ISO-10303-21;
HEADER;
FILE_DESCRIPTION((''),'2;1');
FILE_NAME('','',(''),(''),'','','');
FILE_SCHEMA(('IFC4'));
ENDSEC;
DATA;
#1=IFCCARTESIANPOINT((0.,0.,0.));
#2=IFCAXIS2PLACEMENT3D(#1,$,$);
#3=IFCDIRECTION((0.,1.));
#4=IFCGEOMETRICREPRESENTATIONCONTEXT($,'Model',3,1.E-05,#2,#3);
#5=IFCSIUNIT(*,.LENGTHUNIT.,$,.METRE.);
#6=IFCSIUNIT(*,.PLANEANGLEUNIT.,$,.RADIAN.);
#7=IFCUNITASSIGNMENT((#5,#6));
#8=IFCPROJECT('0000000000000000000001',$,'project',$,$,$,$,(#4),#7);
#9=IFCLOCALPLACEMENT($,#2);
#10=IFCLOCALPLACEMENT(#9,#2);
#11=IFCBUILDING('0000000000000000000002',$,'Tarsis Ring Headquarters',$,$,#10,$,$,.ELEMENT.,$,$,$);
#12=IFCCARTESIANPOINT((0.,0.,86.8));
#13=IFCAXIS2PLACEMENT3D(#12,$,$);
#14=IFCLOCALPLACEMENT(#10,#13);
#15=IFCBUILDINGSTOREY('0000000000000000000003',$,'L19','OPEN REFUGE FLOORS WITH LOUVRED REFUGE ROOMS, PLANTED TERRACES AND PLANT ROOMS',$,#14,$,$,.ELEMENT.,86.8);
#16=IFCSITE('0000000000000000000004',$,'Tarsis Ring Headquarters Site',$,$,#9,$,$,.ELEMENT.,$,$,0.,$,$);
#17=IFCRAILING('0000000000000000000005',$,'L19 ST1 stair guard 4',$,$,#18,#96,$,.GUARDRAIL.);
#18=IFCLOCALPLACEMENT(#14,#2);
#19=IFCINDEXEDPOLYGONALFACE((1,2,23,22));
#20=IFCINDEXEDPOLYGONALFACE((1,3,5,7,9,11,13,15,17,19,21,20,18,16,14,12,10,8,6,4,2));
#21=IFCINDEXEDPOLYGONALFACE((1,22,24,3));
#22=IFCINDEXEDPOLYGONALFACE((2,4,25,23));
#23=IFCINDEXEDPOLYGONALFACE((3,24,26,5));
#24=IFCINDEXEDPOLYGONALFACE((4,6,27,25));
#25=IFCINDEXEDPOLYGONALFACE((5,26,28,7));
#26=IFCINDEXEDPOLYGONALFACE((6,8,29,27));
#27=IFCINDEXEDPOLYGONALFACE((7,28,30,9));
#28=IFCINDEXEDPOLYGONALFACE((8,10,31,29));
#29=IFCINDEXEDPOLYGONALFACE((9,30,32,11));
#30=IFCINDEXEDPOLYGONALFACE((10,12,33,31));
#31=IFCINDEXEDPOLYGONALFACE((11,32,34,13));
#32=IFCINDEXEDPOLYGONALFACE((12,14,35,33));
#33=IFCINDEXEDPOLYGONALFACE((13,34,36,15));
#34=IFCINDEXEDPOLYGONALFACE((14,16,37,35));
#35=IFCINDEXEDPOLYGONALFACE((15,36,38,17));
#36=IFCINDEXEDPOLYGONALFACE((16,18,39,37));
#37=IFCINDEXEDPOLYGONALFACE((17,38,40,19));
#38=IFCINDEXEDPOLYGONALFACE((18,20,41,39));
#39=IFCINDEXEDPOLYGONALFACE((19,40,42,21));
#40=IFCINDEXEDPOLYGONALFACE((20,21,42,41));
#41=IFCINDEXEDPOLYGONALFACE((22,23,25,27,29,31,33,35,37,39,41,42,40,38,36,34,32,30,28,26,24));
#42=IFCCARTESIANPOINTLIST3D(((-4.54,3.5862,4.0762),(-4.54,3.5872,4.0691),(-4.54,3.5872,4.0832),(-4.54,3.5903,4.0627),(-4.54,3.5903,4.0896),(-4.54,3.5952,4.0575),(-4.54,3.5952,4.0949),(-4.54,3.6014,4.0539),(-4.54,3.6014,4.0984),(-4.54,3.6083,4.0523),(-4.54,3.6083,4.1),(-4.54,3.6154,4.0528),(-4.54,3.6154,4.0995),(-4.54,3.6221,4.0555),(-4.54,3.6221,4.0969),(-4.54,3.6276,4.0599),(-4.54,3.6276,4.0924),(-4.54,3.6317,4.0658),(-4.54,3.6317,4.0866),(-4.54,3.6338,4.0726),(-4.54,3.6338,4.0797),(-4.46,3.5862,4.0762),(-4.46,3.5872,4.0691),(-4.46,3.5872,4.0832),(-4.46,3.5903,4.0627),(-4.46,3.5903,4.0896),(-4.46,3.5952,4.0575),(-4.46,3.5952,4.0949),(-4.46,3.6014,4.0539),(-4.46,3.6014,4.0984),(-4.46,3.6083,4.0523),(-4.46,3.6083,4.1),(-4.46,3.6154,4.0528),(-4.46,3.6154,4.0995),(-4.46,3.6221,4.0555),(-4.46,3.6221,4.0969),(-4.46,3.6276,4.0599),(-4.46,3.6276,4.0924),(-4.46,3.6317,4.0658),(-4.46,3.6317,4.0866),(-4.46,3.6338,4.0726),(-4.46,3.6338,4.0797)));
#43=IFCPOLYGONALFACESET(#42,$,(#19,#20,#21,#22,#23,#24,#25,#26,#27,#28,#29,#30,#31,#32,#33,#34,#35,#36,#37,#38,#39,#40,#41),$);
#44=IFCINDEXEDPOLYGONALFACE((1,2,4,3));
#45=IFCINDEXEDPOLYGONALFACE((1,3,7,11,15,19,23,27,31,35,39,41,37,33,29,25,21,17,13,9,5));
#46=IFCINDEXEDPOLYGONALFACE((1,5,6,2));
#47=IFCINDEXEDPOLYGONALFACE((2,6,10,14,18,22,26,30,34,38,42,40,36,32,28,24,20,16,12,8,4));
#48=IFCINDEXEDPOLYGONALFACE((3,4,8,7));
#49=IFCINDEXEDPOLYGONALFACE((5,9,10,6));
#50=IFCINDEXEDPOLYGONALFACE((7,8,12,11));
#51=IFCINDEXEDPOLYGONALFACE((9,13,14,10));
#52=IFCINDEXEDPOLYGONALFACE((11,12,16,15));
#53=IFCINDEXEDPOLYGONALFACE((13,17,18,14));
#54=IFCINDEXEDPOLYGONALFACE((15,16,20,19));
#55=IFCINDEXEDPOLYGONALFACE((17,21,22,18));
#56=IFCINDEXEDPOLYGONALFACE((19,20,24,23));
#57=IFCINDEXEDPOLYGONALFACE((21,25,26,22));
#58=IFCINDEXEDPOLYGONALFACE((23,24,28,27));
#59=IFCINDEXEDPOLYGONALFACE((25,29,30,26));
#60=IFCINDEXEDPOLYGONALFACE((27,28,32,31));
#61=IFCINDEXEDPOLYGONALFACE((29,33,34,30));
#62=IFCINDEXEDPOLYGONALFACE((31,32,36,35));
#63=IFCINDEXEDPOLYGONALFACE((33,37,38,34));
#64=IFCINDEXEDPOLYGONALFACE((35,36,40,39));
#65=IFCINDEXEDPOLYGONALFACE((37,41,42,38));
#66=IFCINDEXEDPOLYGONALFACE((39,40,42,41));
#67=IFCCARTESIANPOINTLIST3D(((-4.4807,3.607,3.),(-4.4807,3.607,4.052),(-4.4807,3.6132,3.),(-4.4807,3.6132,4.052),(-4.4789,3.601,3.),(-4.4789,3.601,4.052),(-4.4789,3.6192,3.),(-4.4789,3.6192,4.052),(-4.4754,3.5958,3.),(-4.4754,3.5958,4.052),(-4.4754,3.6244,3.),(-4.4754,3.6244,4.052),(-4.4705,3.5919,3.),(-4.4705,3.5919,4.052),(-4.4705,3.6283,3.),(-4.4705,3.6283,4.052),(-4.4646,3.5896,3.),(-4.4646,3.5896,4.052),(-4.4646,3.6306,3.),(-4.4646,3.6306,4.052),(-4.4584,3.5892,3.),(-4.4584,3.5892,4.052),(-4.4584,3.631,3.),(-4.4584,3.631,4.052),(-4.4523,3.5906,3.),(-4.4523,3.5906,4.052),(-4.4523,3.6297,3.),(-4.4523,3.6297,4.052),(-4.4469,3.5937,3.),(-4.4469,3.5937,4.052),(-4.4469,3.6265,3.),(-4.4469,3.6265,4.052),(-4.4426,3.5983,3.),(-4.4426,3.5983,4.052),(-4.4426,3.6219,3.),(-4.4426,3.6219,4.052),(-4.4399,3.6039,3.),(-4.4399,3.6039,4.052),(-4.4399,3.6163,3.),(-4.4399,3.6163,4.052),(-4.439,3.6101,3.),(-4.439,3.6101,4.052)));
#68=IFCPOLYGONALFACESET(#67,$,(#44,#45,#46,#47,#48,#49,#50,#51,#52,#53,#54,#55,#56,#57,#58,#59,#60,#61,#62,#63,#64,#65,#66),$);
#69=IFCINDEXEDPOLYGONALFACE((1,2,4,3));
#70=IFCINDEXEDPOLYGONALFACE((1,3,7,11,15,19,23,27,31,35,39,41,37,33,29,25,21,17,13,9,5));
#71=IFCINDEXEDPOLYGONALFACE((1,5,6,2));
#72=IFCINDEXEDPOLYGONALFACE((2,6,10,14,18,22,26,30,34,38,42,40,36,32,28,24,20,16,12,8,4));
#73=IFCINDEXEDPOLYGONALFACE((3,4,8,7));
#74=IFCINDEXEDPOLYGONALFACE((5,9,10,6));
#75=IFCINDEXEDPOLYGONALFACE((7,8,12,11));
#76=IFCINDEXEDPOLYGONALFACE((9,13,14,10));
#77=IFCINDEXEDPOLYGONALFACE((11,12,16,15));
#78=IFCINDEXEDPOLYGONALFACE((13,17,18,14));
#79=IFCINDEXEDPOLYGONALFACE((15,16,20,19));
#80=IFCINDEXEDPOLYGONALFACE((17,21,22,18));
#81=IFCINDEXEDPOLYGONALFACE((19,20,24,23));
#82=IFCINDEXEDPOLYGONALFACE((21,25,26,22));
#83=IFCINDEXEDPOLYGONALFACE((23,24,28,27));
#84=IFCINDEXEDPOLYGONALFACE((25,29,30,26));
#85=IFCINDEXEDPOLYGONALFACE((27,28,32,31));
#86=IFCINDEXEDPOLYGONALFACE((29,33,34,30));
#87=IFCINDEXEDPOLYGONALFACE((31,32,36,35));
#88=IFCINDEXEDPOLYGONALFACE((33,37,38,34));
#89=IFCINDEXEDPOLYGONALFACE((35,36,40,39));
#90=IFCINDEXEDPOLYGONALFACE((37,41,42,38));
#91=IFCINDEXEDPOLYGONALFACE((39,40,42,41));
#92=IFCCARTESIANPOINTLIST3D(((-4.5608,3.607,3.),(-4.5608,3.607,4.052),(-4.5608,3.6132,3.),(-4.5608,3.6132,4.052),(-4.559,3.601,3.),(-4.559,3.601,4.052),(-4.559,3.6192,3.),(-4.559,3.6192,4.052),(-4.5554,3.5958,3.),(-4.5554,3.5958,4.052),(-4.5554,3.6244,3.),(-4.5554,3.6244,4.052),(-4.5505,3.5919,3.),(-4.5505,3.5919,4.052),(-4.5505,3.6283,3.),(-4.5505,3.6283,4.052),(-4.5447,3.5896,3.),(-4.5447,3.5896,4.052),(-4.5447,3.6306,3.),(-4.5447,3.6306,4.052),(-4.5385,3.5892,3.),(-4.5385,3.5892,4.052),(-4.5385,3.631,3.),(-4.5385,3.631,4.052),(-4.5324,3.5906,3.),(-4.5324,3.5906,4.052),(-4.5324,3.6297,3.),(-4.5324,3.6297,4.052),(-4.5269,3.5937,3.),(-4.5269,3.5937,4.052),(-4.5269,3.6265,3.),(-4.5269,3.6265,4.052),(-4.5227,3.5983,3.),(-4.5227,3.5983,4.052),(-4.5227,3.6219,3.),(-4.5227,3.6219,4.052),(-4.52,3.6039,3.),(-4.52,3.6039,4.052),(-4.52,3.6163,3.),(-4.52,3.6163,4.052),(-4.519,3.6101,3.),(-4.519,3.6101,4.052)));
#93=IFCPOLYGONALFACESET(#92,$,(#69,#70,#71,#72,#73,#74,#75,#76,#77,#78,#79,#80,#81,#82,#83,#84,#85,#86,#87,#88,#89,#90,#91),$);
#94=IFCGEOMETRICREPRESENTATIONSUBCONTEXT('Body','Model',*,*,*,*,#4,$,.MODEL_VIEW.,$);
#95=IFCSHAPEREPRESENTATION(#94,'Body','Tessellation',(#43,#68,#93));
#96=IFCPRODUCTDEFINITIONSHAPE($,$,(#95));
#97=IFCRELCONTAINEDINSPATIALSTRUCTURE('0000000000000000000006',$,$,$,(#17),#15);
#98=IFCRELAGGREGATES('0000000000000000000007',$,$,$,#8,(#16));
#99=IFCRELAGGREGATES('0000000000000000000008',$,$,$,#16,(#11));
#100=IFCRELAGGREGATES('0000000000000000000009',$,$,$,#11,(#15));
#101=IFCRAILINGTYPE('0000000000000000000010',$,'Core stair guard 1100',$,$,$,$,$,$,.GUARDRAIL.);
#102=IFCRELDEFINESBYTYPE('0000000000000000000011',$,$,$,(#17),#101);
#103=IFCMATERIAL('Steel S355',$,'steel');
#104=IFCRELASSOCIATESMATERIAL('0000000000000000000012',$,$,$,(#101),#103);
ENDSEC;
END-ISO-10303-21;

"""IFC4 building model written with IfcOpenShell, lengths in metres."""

from ifc_helpers import new_model, si_unit, direction, frame, origin, origin_2d, place, context, subcontext, project, spatial, circle, extrude, material, type_object, element, save


model = new_model("IFC4")

# Units and contexts
model_context = context("Model", 3, precision=1e-05, world=origin(), true_north=direction((0.0, 1.0)))
body_context = subcontext(model_context, "Body", "Model", "MODEL_VIEW")
ifc_project = project(units=[si_unit("LENGTHUNIT", "METRE"), si_unit("PLANEANGLEUNIT", "RADIAN")], contexts=[model_context])

# Site, building, storey
site_placement = place(None, origin())
site = spatial("IfcSite", under=ifc_project, at=site_placement, Name="Tarsis Ring Headquarters Site", CompositionType="ELEMENT", RefElevation=0.0)
building_placement = place(site_placement, origin())
building = spatial("IfcBuilding", under=site, at=building_placement, Name="Tarsis Ring Headquarters", CompositionType="ELEMENT")
storey_placement = place(building_placement, frame((0.0, 0.0, 86.8)))
storey = spatial("IfcBuildingStorey", under=building, at=storey_placement, Name="L19", Description="OPEN REFUGE FLOORS WITH LOUVRED REFUGE ROOMS, PLANTED TERRACES AND PLANT ROOMS", CompositionType="ELEMENT", Elevation=86.8)

# Shared definitions
ifc_material_1 = material(Name="Steel S355", Category="steel")

# Railing
railing_type_1 = type_object("IfcRailingType", Name="Core stair guard 1100", PredefinedType="GUARDRAIL", material=ifc_material_1)
railing_1_placement = place(storey_placement, frame((-4.46, 3.6101, 3.0)))
element("IfcRailing", 1, at=railing_1_placement, inside=storey, type_object=railing_type_1, Name="L19 ST1 stair guard 4", PredefinedType="GUARDRAIL", context=body_context, shape_type="SweptSolid", body=[
    extrude(circle(Radius=0.0239, at=origin_2d()), frame((0.0, 0.0, 1.0762), z_axis=(-1.0, 0.0, 0.0), x_axis=(0.0, -1.0, 0.0)), (0.0, 0.0, 1.0), 0.0801),
    extrude(circle(Radius=0.021, at=origin_2d()), origin(), (0.0, 0.0, 1.0), 1.052),
    extrude(circle(Radius=0.021, at=origin_2d()), frame((-0.0801, 0.0, 0.0)), (0.0, 0.0, 1.0), 1.052),
])

save(model, "model.ifc")
